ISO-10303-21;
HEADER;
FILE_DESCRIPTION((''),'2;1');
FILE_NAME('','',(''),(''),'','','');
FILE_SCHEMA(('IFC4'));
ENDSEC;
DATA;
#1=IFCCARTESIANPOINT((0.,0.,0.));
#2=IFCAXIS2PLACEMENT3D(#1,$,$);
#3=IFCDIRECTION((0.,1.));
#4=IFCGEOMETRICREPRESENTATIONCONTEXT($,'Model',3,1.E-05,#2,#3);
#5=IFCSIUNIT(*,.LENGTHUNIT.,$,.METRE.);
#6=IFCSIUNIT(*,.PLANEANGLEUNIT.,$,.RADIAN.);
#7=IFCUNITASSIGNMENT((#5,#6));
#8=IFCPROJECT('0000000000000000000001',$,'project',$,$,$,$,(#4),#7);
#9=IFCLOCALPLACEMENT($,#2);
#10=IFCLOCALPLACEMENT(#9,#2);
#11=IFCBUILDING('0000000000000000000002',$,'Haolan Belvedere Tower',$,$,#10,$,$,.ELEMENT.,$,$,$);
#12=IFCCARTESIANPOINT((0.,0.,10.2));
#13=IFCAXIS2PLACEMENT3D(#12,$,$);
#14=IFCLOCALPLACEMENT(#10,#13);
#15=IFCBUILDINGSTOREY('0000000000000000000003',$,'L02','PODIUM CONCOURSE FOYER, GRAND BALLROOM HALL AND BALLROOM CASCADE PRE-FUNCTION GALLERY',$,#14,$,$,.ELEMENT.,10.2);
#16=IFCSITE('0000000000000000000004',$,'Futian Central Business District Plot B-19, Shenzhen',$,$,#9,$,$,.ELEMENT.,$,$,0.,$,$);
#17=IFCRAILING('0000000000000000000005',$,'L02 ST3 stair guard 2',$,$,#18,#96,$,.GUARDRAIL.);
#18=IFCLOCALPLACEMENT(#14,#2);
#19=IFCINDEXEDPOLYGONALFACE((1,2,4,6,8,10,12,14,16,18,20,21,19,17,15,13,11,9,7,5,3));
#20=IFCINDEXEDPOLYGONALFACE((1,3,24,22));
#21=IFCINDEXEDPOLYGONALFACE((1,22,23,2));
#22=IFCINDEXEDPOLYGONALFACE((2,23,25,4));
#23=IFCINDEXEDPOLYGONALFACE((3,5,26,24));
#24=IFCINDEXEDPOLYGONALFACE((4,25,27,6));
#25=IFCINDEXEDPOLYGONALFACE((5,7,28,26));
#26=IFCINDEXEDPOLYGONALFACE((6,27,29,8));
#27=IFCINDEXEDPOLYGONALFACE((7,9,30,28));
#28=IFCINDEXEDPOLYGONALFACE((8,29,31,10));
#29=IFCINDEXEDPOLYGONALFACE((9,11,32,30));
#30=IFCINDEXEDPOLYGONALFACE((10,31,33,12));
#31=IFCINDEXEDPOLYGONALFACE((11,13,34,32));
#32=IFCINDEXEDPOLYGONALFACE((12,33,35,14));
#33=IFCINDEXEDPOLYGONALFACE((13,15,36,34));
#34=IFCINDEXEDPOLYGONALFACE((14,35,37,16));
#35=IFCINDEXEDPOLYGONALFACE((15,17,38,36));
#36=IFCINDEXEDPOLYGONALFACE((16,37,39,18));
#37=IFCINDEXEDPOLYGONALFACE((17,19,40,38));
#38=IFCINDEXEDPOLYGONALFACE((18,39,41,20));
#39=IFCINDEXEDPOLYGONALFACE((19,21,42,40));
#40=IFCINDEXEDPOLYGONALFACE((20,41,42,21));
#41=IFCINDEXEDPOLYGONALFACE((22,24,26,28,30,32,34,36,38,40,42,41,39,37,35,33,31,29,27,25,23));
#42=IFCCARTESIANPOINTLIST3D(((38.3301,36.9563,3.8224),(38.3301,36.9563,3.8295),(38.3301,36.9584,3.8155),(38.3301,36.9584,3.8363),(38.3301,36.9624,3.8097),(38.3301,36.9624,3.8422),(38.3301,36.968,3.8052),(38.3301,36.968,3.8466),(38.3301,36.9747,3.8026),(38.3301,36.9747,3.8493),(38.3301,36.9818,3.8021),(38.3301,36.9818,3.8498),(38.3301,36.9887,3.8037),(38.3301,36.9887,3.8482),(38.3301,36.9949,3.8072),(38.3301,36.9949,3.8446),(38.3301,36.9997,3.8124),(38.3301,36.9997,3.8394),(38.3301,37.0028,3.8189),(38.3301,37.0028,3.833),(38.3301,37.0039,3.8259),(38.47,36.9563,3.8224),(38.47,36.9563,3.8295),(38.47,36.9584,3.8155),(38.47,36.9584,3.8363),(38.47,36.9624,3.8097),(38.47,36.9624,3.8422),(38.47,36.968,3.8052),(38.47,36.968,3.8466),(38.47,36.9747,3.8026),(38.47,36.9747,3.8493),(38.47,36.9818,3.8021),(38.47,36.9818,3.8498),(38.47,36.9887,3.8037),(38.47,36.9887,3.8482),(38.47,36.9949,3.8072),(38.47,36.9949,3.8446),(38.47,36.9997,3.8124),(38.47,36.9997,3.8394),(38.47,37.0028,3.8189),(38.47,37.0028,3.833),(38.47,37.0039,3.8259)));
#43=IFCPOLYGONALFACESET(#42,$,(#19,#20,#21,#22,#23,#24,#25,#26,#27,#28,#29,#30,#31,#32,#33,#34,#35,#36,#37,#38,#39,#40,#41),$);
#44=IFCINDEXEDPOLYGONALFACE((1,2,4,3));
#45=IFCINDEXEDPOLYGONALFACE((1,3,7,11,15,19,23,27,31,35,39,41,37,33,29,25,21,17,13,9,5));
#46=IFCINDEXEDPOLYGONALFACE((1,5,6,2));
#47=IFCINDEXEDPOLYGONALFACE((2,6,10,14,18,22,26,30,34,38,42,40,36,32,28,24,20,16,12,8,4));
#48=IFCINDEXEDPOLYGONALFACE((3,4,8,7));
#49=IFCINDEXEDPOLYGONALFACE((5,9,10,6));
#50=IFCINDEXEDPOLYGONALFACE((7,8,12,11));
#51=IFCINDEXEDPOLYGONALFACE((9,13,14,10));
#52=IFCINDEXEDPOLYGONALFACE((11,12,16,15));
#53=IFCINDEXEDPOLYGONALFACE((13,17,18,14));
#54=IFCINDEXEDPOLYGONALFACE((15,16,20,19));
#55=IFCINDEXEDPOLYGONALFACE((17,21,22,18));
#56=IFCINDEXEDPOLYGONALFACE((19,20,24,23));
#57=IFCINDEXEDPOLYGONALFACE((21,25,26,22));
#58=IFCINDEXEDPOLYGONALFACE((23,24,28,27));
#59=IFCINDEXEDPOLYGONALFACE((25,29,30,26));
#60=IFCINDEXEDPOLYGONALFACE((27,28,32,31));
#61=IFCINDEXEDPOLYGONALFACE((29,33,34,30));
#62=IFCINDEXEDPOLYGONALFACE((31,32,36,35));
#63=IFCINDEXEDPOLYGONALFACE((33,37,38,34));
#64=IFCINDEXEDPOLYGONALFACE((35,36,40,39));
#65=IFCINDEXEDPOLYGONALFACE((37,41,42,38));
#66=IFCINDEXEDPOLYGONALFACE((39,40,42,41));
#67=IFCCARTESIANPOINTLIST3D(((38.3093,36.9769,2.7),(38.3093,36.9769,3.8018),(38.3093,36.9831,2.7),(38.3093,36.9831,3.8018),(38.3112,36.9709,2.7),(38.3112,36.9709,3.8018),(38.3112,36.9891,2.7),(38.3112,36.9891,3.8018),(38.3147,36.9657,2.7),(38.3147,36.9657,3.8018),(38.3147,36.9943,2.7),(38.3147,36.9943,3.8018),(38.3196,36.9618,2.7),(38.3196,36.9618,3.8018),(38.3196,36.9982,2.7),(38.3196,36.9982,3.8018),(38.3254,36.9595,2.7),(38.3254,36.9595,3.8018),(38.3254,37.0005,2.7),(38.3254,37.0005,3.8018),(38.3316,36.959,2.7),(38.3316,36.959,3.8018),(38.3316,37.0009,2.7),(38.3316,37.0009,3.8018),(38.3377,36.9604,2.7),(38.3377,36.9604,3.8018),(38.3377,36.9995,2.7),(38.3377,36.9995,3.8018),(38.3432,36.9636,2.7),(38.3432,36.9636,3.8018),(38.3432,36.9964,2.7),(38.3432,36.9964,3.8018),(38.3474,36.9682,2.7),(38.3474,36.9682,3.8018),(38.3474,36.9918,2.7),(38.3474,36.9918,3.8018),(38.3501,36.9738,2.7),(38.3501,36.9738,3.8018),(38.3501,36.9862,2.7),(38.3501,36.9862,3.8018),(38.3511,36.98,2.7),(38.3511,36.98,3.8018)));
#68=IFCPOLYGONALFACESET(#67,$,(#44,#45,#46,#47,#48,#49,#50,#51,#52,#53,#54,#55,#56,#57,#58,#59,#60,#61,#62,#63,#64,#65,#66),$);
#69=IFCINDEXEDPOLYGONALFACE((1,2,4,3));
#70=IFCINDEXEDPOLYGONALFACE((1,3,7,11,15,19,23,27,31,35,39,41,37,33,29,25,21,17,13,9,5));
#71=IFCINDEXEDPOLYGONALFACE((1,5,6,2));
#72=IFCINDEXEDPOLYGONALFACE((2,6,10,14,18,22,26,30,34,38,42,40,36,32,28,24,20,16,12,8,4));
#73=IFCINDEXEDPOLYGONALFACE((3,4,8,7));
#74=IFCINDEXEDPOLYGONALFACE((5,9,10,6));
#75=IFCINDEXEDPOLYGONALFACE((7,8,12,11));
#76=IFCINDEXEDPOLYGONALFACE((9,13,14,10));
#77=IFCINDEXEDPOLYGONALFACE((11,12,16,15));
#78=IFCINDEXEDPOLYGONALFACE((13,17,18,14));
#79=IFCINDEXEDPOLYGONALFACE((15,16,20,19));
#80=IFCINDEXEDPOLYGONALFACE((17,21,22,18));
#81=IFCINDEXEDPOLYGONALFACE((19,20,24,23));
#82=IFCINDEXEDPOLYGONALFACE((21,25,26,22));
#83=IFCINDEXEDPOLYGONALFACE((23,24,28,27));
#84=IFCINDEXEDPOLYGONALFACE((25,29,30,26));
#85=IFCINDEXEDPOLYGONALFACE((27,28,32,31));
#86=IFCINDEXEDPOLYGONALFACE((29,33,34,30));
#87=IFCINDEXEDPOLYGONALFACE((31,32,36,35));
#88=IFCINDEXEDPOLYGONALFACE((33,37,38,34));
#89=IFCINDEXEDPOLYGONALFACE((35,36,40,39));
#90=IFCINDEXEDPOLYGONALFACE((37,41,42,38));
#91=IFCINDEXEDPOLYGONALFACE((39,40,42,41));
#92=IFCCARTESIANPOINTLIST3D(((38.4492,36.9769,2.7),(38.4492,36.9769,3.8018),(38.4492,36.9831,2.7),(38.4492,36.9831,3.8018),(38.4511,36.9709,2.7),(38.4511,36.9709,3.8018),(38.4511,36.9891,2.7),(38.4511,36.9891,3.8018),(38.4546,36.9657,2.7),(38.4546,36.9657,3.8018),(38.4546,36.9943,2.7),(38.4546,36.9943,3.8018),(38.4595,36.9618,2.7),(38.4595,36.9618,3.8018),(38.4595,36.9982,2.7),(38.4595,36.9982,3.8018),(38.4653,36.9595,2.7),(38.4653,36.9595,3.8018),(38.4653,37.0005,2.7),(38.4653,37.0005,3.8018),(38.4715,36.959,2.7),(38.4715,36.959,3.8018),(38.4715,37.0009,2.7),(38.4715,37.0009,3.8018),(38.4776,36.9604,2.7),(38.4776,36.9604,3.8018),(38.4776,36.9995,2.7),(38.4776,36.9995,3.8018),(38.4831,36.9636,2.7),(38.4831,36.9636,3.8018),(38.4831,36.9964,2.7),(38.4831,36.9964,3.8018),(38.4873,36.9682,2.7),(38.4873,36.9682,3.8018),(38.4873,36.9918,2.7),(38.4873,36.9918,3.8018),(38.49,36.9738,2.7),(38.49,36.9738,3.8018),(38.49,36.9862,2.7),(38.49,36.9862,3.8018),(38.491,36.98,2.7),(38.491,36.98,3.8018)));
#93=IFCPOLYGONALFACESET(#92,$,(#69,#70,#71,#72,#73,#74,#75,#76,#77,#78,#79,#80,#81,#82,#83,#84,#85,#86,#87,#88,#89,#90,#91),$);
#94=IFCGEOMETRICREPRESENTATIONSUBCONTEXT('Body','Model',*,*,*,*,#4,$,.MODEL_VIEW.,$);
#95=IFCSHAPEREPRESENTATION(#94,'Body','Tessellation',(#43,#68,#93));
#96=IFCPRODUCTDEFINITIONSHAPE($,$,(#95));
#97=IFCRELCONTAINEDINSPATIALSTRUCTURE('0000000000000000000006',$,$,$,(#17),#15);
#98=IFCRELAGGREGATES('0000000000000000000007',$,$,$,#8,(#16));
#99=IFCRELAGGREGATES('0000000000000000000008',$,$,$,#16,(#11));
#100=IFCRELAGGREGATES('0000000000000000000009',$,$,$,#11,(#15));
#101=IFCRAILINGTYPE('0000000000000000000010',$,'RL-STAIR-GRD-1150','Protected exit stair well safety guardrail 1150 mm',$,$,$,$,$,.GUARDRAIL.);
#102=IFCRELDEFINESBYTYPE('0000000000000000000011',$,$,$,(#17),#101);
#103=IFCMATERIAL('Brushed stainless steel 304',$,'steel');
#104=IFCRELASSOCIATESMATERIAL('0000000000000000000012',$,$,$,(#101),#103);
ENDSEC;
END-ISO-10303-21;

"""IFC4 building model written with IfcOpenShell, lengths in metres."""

from ifc_helpers import new_model, si_unit, direction, frame, origin, origin_2d, place, context, subcontext, project, spatial, circle, extrude, material, type_object, element, save


model = new_model("IFC4")

# Units and contexts
model_context = context("Model", 3, precision=1e-05, world=origin(), true_north=direction((0.0, 1.0)))
body_context = subcontext(model_context, "Body", "Model", "MODEL_VIEW")
ifc_project = project(units=[si_unit("LENGTHUNIT", "METRE"), si_unit("PLANEANGLEUNIT", "RADIAN")], contexts=[model_context])

# Site, building, storey
site_placement = place(None, origin())
site = spatial("IfcSite", under=ifc_project, at=site_placement, Name="Futian Central Business District Plot B-19, Shenzhen", CompositionType="ELEMENT", RefElevation=0.0)
building_placement = place(site_placement, origin())
building = spatial("IfcBuilding", under=site, at=building_placement, Name="Haolan Belvedere Tower", CompositionType="ELEMENT")
storey_placement = place(building_placement, frame((0.0, 0.0, 10.2)))
storey = spatial("IfcBuildingStorey", under=building, at=storey_placement, Name="L02", Description="PODIUM CONCOURSE FOYER, GRAND BALLROOM HALL AND BALLROOM CASCADE PRE-FUNCTION GALLERY", CompositionType="ELEMENT", Elevation=10.2)

# Railing
ifc_material_1 = material(Name="Brushed stainless steel 304", Category="steel")
railing_type_1 = type_object("IfcRailingType", Name="RL-STAIR-GRD-1150", Description="Protected exit stair well safety guardrail 1150 mm", PredefinedType="GUARDRAIL", material=ifc_material_1)
railing_1_placement = place(storey_placement, frame((38.3301, 36.98, 2.7)))
element("IfcRailing", 1, at=railing_1_placement, inside=storey, type_object=railing_type_1, Name="L02 ST3 stair guard 2", PredefinedType="GUARDRAIL", context=body_context, shape_type="SweptSolid", body=[
    extrude(circle(Radius=0.0239, at=origin_2d()), frame((0.0, 0.0, 1.126), z_axis=(1.0, 0.0, 0.0), x_axis=(0.0, 1.0, 0.0)), (0.0, 0.0, 1.0), 0.1399),
    extrude(circle(Radius=0.021, at=origin_2d()), origin(), (0.0, 0.0, 1.0), 1.1018),
    extrude(circle(Radius=0.021, at=origin_2d()), frame((0.1399, 0.0, 0.0)), (0.0, 0.0, 1.0), 1.1018),
])

save(model, "model.ifc")
